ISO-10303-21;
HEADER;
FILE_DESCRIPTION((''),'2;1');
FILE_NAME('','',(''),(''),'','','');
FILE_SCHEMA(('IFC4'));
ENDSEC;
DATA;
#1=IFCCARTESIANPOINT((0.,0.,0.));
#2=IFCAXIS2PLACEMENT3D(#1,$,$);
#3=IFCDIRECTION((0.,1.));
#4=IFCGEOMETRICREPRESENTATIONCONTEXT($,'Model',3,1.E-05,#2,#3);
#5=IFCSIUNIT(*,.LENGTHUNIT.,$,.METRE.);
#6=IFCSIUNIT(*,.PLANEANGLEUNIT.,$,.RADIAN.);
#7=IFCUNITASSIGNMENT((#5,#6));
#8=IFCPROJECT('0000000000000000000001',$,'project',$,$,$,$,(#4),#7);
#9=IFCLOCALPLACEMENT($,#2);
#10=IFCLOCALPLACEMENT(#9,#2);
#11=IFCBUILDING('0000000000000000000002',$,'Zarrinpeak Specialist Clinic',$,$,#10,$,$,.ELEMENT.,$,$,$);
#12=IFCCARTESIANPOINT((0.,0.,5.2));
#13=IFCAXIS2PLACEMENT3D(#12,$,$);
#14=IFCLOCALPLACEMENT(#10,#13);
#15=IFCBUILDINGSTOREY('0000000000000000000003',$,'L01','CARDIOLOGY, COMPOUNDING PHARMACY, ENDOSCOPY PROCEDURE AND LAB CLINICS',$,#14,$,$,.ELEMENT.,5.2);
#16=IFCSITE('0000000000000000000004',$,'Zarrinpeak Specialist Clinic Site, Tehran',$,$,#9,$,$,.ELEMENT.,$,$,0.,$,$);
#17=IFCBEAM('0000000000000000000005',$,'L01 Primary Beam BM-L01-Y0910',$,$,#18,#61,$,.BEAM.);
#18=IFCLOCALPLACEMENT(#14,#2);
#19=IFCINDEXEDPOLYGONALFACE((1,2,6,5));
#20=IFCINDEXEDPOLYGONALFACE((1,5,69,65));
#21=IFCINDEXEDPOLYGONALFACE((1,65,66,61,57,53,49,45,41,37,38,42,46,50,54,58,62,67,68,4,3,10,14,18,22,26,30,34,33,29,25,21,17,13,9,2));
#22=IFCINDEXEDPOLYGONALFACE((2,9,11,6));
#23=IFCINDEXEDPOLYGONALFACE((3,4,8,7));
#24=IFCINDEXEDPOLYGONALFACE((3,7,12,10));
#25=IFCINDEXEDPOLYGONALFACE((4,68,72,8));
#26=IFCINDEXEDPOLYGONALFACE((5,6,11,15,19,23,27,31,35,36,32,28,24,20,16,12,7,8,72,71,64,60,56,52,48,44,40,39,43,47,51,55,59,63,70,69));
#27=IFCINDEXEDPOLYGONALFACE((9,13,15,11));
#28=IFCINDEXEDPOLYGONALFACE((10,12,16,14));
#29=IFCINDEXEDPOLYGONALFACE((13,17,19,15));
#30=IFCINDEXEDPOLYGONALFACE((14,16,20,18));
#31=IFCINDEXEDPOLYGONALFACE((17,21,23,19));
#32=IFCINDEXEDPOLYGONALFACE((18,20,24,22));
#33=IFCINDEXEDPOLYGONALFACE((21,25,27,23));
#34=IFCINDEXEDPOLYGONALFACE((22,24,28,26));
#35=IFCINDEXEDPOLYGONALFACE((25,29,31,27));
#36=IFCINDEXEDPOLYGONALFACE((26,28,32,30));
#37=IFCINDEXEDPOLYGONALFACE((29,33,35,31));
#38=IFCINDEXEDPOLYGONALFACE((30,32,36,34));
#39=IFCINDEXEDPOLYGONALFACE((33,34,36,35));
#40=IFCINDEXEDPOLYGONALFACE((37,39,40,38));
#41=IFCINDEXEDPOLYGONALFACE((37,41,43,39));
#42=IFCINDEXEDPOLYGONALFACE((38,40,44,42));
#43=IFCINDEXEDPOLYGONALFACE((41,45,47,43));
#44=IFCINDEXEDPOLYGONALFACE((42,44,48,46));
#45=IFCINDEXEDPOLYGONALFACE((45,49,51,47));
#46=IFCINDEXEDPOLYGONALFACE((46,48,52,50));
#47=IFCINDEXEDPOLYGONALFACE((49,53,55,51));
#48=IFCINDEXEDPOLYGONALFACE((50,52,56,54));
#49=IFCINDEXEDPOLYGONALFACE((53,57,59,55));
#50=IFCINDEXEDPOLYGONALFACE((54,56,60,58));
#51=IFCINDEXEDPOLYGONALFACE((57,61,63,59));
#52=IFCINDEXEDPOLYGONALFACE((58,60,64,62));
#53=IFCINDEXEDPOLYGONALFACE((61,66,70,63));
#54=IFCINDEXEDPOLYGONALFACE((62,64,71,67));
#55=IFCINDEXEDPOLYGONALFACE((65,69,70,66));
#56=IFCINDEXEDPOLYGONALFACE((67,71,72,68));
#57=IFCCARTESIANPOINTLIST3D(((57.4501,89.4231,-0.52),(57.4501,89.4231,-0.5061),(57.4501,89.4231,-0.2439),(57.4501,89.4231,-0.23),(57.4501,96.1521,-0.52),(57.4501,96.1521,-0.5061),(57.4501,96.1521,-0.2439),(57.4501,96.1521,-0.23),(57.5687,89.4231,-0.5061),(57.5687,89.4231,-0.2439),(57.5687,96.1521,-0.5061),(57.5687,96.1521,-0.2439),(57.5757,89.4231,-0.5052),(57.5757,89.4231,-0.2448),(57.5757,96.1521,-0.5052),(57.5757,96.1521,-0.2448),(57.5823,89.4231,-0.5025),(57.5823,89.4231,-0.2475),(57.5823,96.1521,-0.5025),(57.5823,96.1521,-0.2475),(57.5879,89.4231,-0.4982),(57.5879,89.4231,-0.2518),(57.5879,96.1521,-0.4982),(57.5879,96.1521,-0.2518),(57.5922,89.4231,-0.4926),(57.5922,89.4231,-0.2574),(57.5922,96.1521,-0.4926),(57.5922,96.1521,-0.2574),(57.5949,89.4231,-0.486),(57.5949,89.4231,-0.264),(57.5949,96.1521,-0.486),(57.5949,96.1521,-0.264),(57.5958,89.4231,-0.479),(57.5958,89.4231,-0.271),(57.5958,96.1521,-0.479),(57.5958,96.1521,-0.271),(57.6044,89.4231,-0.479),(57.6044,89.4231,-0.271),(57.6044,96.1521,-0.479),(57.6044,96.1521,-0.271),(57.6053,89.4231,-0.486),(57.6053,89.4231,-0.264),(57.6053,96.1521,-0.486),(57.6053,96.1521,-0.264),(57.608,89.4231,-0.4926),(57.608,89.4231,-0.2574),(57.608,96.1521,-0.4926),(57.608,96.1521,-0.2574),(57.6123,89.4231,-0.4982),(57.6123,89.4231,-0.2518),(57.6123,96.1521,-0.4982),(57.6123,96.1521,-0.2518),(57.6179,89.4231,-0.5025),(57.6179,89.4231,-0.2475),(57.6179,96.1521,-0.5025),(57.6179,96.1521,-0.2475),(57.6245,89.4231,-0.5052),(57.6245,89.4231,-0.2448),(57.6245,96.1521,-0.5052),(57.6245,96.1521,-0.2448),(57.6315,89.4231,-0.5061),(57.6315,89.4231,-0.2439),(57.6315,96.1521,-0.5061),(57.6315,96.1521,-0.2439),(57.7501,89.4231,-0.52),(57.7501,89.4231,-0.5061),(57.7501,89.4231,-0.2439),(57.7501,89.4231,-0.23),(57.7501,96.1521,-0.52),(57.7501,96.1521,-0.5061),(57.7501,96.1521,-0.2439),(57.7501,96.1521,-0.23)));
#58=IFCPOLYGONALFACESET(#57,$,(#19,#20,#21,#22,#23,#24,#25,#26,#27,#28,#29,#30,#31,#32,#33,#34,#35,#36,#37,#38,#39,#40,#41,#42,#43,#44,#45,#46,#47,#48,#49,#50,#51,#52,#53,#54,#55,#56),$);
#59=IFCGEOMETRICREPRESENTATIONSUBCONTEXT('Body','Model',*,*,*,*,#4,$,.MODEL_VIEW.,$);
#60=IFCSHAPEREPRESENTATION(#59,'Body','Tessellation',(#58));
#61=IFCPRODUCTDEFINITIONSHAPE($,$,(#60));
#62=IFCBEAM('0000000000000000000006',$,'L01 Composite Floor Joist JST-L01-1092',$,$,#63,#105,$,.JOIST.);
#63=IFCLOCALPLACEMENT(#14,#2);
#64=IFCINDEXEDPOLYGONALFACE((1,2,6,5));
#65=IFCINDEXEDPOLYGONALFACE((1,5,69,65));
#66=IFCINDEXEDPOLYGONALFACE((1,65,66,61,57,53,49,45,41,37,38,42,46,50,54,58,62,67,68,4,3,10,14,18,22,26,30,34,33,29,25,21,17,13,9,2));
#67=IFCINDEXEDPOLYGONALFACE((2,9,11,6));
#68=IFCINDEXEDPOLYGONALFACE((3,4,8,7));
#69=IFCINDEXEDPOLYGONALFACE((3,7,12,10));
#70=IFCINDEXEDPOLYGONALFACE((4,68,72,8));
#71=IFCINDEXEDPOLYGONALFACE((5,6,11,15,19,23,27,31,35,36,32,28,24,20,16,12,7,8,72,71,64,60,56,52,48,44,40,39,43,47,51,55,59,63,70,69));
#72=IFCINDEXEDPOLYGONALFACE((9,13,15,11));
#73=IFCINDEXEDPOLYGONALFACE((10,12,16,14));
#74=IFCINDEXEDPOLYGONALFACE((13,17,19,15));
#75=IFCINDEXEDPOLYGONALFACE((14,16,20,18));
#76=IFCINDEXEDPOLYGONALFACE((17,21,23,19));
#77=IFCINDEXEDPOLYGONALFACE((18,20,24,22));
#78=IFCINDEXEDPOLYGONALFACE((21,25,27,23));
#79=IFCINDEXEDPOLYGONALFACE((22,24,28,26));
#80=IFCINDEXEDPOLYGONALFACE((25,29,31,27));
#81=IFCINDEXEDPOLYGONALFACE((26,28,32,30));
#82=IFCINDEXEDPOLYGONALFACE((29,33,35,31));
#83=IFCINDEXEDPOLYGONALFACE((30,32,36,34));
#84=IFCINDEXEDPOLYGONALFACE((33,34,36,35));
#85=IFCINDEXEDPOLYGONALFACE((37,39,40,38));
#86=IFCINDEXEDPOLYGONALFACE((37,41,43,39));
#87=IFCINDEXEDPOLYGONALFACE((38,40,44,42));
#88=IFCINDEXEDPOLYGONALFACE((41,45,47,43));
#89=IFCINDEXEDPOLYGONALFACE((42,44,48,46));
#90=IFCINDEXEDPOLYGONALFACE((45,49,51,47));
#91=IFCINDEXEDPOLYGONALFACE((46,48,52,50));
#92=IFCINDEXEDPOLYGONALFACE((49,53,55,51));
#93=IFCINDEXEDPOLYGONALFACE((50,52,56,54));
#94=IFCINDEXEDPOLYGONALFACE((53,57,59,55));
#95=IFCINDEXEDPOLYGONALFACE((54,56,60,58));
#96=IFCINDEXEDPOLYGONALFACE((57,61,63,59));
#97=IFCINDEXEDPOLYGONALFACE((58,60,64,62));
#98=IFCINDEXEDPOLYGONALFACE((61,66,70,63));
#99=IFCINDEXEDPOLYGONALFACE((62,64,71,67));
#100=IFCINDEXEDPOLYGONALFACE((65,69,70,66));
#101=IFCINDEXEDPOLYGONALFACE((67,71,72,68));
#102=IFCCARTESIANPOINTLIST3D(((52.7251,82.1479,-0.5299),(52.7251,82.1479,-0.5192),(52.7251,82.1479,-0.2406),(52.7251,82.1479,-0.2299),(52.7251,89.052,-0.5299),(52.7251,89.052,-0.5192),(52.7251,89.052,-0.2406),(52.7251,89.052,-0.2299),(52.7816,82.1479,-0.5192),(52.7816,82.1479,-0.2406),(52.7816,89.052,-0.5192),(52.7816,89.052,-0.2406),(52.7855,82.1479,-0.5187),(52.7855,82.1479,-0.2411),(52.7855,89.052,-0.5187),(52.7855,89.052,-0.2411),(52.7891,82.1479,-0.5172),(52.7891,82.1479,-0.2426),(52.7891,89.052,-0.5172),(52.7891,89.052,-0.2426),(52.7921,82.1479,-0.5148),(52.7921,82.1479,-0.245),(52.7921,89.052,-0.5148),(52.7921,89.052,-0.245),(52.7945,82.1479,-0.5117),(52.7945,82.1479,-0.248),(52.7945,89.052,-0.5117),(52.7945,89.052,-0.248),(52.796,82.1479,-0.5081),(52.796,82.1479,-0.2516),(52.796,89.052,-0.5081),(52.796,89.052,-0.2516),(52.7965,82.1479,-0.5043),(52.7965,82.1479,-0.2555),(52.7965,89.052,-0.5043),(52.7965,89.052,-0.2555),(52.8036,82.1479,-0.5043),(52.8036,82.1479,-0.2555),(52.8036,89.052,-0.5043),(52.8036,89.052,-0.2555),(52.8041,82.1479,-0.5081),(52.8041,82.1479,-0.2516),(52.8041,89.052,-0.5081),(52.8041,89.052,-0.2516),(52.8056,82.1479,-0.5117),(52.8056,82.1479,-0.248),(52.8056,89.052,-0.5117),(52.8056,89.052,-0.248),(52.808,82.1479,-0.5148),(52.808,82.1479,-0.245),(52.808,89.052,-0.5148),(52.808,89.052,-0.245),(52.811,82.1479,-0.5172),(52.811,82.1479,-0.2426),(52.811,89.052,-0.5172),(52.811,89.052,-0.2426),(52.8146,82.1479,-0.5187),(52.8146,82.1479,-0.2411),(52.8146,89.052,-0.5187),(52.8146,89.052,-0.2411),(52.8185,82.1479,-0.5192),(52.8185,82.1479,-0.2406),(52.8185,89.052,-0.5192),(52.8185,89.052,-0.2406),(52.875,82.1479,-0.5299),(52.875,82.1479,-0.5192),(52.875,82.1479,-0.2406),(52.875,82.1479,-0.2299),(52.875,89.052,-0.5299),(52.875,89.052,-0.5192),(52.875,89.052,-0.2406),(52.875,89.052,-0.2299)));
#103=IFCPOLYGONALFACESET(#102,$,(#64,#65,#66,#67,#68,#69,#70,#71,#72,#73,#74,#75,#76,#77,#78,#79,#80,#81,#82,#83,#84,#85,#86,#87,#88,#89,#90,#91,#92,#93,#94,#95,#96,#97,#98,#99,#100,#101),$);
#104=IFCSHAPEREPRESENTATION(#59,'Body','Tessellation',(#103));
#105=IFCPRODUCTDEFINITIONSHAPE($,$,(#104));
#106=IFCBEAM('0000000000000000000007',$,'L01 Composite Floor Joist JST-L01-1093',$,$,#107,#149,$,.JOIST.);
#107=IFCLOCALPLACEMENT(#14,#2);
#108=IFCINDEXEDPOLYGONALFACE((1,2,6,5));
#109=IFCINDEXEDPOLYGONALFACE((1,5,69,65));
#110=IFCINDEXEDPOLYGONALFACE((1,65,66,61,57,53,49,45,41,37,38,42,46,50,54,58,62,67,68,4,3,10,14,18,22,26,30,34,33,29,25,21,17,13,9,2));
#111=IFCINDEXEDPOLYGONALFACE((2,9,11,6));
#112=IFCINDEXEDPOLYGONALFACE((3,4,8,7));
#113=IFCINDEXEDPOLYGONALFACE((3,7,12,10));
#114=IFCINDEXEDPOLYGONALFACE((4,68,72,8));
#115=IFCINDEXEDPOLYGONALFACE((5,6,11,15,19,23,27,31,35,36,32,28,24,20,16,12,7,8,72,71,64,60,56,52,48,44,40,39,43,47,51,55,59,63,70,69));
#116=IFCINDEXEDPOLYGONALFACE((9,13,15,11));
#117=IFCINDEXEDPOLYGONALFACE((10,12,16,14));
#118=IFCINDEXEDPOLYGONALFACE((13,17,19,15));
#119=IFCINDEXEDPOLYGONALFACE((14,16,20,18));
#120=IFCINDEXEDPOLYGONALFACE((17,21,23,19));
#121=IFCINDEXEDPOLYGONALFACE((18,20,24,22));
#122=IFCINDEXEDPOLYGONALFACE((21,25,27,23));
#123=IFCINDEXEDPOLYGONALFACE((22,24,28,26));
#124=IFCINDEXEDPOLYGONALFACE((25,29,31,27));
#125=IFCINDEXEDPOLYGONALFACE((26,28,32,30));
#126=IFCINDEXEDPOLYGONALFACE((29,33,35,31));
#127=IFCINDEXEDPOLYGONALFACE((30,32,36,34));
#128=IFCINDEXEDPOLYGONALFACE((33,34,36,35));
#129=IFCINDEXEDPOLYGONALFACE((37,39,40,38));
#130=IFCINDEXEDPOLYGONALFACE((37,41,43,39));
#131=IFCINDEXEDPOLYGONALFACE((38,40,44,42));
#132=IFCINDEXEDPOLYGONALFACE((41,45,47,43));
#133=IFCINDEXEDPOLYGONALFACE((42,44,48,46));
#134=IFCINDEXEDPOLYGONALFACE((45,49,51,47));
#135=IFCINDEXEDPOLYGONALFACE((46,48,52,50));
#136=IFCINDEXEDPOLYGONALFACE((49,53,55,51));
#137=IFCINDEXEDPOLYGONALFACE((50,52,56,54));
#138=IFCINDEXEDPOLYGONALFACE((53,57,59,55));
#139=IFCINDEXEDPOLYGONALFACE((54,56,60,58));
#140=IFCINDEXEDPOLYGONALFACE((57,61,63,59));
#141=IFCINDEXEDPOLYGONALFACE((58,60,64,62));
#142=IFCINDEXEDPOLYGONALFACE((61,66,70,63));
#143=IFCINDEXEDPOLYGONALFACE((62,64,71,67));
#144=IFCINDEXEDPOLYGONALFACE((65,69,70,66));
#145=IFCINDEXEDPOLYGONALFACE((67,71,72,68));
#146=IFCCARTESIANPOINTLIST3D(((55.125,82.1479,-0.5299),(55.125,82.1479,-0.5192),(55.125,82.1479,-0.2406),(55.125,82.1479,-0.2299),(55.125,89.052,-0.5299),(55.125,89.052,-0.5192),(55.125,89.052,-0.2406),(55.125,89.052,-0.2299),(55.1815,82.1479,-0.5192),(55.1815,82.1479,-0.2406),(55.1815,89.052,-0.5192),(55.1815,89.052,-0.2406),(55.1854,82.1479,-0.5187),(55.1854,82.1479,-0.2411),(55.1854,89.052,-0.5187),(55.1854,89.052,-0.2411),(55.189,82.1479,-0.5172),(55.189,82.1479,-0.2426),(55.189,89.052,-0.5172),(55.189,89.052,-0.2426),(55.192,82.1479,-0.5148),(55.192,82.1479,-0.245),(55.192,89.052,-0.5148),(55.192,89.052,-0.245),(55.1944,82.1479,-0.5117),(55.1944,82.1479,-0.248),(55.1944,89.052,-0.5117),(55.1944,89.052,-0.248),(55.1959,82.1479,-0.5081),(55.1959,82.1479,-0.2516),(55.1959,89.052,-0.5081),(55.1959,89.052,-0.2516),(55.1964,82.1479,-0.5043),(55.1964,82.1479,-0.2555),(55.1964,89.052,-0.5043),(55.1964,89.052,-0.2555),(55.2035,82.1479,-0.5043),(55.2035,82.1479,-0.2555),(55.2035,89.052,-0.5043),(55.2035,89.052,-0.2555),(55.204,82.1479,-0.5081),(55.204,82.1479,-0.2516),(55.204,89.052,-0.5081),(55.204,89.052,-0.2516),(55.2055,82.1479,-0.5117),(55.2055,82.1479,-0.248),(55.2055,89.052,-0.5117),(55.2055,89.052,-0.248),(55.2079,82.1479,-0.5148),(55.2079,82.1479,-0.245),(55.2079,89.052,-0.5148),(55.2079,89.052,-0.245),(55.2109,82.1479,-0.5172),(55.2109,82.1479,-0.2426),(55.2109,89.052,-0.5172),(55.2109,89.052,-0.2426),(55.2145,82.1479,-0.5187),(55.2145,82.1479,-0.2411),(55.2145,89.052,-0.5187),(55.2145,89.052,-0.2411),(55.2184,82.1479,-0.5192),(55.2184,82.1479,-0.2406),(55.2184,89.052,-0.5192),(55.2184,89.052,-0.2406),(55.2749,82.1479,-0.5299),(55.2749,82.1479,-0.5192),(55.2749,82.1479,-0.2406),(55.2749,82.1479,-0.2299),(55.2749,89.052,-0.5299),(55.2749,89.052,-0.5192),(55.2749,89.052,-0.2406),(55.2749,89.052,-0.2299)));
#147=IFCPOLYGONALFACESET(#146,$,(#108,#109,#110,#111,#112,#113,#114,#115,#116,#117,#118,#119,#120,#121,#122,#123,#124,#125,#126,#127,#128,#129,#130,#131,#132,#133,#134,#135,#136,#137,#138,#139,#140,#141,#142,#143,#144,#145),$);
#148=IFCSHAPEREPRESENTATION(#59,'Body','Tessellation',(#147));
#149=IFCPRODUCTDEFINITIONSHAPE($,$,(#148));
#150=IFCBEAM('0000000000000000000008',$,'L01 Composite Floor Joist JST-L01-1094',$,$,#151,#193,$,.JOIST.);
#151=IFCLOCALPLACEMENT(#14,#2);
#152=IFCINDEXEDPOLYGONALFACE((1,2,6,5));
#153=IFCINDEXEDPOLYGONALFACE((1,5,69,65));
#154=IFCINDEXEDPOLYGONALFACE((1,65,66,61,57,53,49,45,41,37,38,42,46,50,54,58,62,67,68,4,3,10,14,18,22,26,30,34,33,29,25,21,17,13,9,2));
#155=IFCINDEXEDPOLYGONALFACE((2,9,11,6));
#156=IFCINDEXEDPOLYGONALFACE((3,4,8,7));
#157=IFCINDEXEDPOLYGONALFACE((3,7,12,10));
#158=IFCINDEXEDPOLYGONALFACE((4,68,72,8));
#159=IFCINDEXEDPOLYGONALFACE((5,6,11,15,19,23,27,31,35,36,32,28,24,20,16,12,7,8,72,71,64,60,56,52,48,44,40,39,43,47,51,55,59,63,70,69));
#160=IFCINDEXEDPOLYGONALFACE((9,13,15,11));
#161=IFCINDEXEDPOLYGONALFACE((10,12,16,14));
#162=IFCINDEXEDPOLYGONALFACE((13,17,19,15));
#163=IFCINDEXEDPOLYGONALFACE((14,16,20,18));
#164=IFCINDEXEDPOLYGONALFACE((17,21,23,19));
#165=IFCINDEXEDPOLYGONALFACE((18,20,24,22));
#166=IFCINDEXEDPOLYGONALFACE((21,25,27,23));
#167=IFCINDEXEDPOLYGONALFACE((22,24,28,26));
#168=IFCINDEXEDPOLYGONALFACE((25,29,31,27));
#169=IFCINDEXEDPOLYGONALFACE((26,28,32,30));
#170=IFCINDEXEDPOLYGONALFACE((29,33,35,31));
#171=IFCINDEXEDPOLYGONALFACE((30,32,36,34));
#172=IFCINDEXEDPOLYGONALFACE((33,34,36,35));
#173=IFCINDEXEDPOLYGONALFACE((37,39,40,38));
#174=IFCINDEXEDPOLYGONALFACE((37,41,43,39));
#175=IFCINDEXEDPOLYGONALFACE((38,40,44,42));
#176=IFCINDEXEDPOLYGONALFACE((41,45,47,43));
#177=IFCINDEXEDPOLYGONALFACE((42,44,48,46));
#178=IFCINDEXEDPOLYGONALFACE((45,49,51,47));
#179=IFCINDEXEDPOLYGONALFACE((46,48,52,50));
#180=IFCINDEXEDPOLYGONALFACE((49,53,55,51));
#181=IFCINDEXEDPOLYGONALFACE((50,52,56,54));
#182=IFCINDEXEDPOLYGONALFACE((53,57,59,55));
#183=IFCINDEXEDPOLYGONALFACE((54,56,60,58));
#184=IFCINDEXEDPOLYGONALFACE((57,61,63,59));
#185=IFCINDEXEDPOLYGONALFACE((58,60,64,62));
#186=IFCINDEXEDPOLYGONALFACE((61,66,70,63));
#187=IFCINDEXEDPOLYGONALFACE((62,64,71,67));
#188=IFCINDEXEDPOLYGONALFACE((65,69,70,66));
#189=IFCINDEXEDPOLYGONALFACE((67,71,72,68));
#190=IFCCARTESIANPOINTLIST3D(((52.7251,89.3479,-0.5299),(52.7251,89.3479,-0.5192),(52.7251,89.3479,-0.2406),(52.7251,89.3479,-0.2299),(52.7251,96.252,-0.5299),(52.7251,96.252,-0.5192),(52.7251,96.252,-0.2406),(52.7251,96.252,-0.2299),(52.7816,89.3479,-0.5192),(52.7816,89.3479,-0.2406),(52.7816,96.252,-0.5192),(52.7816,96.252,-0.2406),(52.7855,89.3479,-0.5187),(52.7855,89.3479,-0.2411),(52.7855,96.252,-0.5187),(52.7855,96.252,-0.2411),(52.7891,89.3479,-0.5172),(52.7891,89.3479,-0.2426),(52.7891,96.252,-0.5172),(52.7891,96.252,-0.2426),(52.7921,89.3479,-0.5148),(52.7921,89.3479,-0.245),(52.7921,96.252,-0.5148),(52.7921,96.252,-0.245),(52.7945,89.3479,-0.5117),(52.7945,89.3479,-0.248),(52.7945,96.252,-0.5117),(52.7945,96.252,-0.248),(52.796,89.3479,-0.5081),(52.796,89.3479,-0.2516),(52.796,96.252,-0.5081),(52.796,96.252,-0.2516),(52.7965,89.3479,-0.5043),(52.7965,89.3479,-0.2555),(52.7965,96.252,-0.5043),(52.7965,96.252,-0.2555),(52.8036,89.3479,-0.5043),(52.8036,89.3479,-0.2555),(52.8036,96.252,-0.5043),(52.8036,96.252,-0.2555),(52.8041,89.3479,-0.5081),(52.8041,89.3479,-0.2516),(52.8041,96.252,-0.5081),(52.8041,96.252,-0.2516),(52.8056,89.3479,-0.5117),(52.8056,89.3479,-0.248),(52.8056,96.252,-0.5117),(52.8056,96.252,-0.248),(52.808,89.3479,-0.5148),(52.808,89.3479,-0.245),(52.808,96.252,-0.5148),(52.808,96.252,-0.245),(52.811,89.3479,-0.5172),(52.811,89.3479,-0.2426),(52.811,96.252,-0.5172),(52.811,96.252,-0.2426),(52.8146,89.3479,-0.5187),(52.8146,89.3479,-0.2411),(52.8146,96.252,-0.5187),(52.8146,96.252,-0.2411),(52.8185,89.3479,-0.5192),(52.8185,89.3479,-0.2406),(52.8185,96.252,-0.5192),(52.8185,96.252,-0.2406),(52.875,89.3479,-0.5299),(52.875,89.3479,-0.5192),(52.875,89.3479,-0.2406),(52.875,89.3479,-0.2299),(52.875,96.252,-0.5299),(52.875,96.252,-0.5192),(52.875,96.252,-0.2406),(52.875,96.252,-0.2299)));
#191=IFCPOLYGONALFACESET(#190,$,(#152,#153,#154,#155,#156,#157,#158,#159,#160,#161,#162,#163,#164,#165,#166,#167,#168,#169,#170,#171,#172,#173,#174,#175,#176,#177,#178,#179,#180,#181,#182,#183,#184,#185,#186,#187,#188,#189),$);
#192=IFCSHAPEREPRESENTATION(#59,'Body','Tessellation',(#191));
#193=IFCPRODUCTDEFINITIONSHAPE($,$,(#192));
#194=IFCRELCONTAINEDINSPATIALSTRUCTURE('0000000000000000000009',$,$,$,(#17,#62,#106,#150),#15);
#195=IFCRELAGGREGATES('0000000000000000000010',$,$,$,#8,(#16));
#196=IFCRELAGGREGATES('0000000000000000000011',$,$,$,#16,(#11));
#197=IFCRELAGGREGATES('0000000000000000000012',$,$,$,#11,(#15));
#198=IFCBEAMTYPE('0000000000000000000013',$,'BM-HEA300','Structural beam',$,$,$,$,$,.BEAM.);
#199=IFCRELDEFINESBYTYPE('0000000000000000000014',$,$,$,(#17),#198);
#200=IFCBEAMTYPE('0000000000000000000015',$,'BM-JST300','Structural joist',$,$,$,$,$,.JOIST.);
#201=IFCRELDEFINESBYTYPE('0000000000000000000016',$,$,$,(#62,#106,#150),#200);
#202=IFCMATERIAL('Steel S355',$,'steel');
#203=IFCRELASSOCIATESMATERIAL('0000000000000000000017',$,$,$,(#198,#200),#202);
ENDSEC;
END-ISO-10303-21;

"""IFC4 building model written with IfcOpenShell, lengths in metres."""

from ifc_helpers import new_model, si_unit, direction, frame, origin, origin_2d, place, context, subcontext, project, spatial, i_section, extrude, material, material_profile, profile_set, type_object, element, save


model = new_model("IFC4")

# Units and contexts
model_context = context("Model", 3, precision=1e-05, world=origin(), true_north=direction((0.0, 1.0)))
body_context = subcontext(model_context, "Body", "Model", "MODEL_VIEW")
ifc_project = project(units=[si_unit("LENGTHUNIT", "METRE"), si_unit("PLANEANGLEUNIT", "RADIAN")], contexts=[model_context])

# Site, building, storey
site_placement = place(None, origin())
site = spatial("IfcSite", under=ifc_project, at=site_placement, Name="Zarrinpeak Specialist Clinic Site, Tehran", CompositionType="ELEMENT", RefElevation=0.0)
building_placement = place(site_placement, origin())
building = spatial("IfcBuilding", under=site, at=building_placement, Name="Zarrinpeak Specialist Clinic", CompositionType="ELEMENT")
storey_placement = place(building_placement, frame((0.0, 0.0, 5.2)))
storey = spatial("IfcBuildingStorey", under=building, at=storey_placement, Name="L01", Description="CARDIOLOGY, COMPOUNDING PHARMACY, ENDOSCOPY PROCEDURE AND LAB CLINICS", CompositionType="ELEMENT", Elevation=5.2)

# Shared definitions
ifc_material_1 = material(Name="Steel S355", Category="steel")

# Beams
ifc_material_profile_1 = material_profile(ifc_material_1, i_section(OverallWidth=0.3, OverallDepth=0.29, WebThickness=0.0085, FlangeThickness=0.0139, FilletRadius=0.0271, at=origin_2d()), Name="HEA 300")
ifc_profile_set_1 = profile_set([ifc_material_profile_1], Name="Steel S355")
beam_type_1 = type_object("IfcBeamType", Name="BM-HEA300", Description="Structural beam", PredefinedType="BEAM", material=ifc_profile_set_1)
beam_1_placement = place(storey_placement, frame((57.6001, 89.4231, -0.375), z_axis=(0.0, 1.0, 0.0), x_axis=(-1.0, 0.0, 0.0)))
element("IfcBeam", 1, at=beam_1_placement, inside=storey, type_object=beam_type_1, Name="L01 Primary Beam BM-L01-Y0910", PredefinedType="BEAM", context=body_context, shape_type="SweptSolid", body=[
    extrude(i_section(OverallWidth=0.3, OverallDepth=0.29, WebThickness=0.0085, FlangeThickness=0.0139, FilletRadius=0.0271, at=origin_2d()), origin(), (0.0, 0.0, 1.0), 6.729),
])
ifc_material_profile_2 = material_profile(ifc_material_1, i_section(OverallWidth=0.1499, OverallDepth=0.3, WebThickness=0.0071, FlangeThickness=0.0107, FilletRadius=0.0149, at=origin_2d()), Name="IPE 300")
ifc_profile_set_2 = profile_set([ifc_material_profile_2], Name="Steel S355")
beam_type_2 = type_object("IfcBeamType", Name="BM-JST300", Description="Structural joist", PredefinedType="JOIST", material=ifc_profile_set_2)
for number, where, z_axis, x_axis, name in (
    (2, (52.8, 82.1479, -0.3799), (0.0, 1.0, 0.0), (-1.0, 0.0, 0.0), "L01 Composite Floor Joist JST-L01-1092"),
    (3, (55.2, 82.1479, -0.3799), (0.0, 1.0, 0.0), (-1.0, 0.0, 0.0), "L01 Composite Floor Joist JST-L01-1093"),
    (4, (52.8, 89.3479, -0.3799), (0.0, 1.0, 0.0), (-1.0, 0.0, 0.0), "L01 Composite Floor Joist JST-L01-1094"),
):
    element("IfcBeam", number, at=place(storey_placement, frame(where, z_axis=z_axis, x_axis=x_axis)), inside=storey, type_object=beam_type_2, Name=name, PredefinedType="JOIST", context=body_context, shape_type="SweptSolid", body=[
        extrude(i_section(OverallWidth=0.1499, OverallDepth=0.3, WebThickness=0.0071, FlangeThickness=0.0107, FilletRadius=0.0149, at=origin_2d()), origin(), (0.0, 0.0, 1.0), 6.9041),
    ])

save(model, "model.ifc")
